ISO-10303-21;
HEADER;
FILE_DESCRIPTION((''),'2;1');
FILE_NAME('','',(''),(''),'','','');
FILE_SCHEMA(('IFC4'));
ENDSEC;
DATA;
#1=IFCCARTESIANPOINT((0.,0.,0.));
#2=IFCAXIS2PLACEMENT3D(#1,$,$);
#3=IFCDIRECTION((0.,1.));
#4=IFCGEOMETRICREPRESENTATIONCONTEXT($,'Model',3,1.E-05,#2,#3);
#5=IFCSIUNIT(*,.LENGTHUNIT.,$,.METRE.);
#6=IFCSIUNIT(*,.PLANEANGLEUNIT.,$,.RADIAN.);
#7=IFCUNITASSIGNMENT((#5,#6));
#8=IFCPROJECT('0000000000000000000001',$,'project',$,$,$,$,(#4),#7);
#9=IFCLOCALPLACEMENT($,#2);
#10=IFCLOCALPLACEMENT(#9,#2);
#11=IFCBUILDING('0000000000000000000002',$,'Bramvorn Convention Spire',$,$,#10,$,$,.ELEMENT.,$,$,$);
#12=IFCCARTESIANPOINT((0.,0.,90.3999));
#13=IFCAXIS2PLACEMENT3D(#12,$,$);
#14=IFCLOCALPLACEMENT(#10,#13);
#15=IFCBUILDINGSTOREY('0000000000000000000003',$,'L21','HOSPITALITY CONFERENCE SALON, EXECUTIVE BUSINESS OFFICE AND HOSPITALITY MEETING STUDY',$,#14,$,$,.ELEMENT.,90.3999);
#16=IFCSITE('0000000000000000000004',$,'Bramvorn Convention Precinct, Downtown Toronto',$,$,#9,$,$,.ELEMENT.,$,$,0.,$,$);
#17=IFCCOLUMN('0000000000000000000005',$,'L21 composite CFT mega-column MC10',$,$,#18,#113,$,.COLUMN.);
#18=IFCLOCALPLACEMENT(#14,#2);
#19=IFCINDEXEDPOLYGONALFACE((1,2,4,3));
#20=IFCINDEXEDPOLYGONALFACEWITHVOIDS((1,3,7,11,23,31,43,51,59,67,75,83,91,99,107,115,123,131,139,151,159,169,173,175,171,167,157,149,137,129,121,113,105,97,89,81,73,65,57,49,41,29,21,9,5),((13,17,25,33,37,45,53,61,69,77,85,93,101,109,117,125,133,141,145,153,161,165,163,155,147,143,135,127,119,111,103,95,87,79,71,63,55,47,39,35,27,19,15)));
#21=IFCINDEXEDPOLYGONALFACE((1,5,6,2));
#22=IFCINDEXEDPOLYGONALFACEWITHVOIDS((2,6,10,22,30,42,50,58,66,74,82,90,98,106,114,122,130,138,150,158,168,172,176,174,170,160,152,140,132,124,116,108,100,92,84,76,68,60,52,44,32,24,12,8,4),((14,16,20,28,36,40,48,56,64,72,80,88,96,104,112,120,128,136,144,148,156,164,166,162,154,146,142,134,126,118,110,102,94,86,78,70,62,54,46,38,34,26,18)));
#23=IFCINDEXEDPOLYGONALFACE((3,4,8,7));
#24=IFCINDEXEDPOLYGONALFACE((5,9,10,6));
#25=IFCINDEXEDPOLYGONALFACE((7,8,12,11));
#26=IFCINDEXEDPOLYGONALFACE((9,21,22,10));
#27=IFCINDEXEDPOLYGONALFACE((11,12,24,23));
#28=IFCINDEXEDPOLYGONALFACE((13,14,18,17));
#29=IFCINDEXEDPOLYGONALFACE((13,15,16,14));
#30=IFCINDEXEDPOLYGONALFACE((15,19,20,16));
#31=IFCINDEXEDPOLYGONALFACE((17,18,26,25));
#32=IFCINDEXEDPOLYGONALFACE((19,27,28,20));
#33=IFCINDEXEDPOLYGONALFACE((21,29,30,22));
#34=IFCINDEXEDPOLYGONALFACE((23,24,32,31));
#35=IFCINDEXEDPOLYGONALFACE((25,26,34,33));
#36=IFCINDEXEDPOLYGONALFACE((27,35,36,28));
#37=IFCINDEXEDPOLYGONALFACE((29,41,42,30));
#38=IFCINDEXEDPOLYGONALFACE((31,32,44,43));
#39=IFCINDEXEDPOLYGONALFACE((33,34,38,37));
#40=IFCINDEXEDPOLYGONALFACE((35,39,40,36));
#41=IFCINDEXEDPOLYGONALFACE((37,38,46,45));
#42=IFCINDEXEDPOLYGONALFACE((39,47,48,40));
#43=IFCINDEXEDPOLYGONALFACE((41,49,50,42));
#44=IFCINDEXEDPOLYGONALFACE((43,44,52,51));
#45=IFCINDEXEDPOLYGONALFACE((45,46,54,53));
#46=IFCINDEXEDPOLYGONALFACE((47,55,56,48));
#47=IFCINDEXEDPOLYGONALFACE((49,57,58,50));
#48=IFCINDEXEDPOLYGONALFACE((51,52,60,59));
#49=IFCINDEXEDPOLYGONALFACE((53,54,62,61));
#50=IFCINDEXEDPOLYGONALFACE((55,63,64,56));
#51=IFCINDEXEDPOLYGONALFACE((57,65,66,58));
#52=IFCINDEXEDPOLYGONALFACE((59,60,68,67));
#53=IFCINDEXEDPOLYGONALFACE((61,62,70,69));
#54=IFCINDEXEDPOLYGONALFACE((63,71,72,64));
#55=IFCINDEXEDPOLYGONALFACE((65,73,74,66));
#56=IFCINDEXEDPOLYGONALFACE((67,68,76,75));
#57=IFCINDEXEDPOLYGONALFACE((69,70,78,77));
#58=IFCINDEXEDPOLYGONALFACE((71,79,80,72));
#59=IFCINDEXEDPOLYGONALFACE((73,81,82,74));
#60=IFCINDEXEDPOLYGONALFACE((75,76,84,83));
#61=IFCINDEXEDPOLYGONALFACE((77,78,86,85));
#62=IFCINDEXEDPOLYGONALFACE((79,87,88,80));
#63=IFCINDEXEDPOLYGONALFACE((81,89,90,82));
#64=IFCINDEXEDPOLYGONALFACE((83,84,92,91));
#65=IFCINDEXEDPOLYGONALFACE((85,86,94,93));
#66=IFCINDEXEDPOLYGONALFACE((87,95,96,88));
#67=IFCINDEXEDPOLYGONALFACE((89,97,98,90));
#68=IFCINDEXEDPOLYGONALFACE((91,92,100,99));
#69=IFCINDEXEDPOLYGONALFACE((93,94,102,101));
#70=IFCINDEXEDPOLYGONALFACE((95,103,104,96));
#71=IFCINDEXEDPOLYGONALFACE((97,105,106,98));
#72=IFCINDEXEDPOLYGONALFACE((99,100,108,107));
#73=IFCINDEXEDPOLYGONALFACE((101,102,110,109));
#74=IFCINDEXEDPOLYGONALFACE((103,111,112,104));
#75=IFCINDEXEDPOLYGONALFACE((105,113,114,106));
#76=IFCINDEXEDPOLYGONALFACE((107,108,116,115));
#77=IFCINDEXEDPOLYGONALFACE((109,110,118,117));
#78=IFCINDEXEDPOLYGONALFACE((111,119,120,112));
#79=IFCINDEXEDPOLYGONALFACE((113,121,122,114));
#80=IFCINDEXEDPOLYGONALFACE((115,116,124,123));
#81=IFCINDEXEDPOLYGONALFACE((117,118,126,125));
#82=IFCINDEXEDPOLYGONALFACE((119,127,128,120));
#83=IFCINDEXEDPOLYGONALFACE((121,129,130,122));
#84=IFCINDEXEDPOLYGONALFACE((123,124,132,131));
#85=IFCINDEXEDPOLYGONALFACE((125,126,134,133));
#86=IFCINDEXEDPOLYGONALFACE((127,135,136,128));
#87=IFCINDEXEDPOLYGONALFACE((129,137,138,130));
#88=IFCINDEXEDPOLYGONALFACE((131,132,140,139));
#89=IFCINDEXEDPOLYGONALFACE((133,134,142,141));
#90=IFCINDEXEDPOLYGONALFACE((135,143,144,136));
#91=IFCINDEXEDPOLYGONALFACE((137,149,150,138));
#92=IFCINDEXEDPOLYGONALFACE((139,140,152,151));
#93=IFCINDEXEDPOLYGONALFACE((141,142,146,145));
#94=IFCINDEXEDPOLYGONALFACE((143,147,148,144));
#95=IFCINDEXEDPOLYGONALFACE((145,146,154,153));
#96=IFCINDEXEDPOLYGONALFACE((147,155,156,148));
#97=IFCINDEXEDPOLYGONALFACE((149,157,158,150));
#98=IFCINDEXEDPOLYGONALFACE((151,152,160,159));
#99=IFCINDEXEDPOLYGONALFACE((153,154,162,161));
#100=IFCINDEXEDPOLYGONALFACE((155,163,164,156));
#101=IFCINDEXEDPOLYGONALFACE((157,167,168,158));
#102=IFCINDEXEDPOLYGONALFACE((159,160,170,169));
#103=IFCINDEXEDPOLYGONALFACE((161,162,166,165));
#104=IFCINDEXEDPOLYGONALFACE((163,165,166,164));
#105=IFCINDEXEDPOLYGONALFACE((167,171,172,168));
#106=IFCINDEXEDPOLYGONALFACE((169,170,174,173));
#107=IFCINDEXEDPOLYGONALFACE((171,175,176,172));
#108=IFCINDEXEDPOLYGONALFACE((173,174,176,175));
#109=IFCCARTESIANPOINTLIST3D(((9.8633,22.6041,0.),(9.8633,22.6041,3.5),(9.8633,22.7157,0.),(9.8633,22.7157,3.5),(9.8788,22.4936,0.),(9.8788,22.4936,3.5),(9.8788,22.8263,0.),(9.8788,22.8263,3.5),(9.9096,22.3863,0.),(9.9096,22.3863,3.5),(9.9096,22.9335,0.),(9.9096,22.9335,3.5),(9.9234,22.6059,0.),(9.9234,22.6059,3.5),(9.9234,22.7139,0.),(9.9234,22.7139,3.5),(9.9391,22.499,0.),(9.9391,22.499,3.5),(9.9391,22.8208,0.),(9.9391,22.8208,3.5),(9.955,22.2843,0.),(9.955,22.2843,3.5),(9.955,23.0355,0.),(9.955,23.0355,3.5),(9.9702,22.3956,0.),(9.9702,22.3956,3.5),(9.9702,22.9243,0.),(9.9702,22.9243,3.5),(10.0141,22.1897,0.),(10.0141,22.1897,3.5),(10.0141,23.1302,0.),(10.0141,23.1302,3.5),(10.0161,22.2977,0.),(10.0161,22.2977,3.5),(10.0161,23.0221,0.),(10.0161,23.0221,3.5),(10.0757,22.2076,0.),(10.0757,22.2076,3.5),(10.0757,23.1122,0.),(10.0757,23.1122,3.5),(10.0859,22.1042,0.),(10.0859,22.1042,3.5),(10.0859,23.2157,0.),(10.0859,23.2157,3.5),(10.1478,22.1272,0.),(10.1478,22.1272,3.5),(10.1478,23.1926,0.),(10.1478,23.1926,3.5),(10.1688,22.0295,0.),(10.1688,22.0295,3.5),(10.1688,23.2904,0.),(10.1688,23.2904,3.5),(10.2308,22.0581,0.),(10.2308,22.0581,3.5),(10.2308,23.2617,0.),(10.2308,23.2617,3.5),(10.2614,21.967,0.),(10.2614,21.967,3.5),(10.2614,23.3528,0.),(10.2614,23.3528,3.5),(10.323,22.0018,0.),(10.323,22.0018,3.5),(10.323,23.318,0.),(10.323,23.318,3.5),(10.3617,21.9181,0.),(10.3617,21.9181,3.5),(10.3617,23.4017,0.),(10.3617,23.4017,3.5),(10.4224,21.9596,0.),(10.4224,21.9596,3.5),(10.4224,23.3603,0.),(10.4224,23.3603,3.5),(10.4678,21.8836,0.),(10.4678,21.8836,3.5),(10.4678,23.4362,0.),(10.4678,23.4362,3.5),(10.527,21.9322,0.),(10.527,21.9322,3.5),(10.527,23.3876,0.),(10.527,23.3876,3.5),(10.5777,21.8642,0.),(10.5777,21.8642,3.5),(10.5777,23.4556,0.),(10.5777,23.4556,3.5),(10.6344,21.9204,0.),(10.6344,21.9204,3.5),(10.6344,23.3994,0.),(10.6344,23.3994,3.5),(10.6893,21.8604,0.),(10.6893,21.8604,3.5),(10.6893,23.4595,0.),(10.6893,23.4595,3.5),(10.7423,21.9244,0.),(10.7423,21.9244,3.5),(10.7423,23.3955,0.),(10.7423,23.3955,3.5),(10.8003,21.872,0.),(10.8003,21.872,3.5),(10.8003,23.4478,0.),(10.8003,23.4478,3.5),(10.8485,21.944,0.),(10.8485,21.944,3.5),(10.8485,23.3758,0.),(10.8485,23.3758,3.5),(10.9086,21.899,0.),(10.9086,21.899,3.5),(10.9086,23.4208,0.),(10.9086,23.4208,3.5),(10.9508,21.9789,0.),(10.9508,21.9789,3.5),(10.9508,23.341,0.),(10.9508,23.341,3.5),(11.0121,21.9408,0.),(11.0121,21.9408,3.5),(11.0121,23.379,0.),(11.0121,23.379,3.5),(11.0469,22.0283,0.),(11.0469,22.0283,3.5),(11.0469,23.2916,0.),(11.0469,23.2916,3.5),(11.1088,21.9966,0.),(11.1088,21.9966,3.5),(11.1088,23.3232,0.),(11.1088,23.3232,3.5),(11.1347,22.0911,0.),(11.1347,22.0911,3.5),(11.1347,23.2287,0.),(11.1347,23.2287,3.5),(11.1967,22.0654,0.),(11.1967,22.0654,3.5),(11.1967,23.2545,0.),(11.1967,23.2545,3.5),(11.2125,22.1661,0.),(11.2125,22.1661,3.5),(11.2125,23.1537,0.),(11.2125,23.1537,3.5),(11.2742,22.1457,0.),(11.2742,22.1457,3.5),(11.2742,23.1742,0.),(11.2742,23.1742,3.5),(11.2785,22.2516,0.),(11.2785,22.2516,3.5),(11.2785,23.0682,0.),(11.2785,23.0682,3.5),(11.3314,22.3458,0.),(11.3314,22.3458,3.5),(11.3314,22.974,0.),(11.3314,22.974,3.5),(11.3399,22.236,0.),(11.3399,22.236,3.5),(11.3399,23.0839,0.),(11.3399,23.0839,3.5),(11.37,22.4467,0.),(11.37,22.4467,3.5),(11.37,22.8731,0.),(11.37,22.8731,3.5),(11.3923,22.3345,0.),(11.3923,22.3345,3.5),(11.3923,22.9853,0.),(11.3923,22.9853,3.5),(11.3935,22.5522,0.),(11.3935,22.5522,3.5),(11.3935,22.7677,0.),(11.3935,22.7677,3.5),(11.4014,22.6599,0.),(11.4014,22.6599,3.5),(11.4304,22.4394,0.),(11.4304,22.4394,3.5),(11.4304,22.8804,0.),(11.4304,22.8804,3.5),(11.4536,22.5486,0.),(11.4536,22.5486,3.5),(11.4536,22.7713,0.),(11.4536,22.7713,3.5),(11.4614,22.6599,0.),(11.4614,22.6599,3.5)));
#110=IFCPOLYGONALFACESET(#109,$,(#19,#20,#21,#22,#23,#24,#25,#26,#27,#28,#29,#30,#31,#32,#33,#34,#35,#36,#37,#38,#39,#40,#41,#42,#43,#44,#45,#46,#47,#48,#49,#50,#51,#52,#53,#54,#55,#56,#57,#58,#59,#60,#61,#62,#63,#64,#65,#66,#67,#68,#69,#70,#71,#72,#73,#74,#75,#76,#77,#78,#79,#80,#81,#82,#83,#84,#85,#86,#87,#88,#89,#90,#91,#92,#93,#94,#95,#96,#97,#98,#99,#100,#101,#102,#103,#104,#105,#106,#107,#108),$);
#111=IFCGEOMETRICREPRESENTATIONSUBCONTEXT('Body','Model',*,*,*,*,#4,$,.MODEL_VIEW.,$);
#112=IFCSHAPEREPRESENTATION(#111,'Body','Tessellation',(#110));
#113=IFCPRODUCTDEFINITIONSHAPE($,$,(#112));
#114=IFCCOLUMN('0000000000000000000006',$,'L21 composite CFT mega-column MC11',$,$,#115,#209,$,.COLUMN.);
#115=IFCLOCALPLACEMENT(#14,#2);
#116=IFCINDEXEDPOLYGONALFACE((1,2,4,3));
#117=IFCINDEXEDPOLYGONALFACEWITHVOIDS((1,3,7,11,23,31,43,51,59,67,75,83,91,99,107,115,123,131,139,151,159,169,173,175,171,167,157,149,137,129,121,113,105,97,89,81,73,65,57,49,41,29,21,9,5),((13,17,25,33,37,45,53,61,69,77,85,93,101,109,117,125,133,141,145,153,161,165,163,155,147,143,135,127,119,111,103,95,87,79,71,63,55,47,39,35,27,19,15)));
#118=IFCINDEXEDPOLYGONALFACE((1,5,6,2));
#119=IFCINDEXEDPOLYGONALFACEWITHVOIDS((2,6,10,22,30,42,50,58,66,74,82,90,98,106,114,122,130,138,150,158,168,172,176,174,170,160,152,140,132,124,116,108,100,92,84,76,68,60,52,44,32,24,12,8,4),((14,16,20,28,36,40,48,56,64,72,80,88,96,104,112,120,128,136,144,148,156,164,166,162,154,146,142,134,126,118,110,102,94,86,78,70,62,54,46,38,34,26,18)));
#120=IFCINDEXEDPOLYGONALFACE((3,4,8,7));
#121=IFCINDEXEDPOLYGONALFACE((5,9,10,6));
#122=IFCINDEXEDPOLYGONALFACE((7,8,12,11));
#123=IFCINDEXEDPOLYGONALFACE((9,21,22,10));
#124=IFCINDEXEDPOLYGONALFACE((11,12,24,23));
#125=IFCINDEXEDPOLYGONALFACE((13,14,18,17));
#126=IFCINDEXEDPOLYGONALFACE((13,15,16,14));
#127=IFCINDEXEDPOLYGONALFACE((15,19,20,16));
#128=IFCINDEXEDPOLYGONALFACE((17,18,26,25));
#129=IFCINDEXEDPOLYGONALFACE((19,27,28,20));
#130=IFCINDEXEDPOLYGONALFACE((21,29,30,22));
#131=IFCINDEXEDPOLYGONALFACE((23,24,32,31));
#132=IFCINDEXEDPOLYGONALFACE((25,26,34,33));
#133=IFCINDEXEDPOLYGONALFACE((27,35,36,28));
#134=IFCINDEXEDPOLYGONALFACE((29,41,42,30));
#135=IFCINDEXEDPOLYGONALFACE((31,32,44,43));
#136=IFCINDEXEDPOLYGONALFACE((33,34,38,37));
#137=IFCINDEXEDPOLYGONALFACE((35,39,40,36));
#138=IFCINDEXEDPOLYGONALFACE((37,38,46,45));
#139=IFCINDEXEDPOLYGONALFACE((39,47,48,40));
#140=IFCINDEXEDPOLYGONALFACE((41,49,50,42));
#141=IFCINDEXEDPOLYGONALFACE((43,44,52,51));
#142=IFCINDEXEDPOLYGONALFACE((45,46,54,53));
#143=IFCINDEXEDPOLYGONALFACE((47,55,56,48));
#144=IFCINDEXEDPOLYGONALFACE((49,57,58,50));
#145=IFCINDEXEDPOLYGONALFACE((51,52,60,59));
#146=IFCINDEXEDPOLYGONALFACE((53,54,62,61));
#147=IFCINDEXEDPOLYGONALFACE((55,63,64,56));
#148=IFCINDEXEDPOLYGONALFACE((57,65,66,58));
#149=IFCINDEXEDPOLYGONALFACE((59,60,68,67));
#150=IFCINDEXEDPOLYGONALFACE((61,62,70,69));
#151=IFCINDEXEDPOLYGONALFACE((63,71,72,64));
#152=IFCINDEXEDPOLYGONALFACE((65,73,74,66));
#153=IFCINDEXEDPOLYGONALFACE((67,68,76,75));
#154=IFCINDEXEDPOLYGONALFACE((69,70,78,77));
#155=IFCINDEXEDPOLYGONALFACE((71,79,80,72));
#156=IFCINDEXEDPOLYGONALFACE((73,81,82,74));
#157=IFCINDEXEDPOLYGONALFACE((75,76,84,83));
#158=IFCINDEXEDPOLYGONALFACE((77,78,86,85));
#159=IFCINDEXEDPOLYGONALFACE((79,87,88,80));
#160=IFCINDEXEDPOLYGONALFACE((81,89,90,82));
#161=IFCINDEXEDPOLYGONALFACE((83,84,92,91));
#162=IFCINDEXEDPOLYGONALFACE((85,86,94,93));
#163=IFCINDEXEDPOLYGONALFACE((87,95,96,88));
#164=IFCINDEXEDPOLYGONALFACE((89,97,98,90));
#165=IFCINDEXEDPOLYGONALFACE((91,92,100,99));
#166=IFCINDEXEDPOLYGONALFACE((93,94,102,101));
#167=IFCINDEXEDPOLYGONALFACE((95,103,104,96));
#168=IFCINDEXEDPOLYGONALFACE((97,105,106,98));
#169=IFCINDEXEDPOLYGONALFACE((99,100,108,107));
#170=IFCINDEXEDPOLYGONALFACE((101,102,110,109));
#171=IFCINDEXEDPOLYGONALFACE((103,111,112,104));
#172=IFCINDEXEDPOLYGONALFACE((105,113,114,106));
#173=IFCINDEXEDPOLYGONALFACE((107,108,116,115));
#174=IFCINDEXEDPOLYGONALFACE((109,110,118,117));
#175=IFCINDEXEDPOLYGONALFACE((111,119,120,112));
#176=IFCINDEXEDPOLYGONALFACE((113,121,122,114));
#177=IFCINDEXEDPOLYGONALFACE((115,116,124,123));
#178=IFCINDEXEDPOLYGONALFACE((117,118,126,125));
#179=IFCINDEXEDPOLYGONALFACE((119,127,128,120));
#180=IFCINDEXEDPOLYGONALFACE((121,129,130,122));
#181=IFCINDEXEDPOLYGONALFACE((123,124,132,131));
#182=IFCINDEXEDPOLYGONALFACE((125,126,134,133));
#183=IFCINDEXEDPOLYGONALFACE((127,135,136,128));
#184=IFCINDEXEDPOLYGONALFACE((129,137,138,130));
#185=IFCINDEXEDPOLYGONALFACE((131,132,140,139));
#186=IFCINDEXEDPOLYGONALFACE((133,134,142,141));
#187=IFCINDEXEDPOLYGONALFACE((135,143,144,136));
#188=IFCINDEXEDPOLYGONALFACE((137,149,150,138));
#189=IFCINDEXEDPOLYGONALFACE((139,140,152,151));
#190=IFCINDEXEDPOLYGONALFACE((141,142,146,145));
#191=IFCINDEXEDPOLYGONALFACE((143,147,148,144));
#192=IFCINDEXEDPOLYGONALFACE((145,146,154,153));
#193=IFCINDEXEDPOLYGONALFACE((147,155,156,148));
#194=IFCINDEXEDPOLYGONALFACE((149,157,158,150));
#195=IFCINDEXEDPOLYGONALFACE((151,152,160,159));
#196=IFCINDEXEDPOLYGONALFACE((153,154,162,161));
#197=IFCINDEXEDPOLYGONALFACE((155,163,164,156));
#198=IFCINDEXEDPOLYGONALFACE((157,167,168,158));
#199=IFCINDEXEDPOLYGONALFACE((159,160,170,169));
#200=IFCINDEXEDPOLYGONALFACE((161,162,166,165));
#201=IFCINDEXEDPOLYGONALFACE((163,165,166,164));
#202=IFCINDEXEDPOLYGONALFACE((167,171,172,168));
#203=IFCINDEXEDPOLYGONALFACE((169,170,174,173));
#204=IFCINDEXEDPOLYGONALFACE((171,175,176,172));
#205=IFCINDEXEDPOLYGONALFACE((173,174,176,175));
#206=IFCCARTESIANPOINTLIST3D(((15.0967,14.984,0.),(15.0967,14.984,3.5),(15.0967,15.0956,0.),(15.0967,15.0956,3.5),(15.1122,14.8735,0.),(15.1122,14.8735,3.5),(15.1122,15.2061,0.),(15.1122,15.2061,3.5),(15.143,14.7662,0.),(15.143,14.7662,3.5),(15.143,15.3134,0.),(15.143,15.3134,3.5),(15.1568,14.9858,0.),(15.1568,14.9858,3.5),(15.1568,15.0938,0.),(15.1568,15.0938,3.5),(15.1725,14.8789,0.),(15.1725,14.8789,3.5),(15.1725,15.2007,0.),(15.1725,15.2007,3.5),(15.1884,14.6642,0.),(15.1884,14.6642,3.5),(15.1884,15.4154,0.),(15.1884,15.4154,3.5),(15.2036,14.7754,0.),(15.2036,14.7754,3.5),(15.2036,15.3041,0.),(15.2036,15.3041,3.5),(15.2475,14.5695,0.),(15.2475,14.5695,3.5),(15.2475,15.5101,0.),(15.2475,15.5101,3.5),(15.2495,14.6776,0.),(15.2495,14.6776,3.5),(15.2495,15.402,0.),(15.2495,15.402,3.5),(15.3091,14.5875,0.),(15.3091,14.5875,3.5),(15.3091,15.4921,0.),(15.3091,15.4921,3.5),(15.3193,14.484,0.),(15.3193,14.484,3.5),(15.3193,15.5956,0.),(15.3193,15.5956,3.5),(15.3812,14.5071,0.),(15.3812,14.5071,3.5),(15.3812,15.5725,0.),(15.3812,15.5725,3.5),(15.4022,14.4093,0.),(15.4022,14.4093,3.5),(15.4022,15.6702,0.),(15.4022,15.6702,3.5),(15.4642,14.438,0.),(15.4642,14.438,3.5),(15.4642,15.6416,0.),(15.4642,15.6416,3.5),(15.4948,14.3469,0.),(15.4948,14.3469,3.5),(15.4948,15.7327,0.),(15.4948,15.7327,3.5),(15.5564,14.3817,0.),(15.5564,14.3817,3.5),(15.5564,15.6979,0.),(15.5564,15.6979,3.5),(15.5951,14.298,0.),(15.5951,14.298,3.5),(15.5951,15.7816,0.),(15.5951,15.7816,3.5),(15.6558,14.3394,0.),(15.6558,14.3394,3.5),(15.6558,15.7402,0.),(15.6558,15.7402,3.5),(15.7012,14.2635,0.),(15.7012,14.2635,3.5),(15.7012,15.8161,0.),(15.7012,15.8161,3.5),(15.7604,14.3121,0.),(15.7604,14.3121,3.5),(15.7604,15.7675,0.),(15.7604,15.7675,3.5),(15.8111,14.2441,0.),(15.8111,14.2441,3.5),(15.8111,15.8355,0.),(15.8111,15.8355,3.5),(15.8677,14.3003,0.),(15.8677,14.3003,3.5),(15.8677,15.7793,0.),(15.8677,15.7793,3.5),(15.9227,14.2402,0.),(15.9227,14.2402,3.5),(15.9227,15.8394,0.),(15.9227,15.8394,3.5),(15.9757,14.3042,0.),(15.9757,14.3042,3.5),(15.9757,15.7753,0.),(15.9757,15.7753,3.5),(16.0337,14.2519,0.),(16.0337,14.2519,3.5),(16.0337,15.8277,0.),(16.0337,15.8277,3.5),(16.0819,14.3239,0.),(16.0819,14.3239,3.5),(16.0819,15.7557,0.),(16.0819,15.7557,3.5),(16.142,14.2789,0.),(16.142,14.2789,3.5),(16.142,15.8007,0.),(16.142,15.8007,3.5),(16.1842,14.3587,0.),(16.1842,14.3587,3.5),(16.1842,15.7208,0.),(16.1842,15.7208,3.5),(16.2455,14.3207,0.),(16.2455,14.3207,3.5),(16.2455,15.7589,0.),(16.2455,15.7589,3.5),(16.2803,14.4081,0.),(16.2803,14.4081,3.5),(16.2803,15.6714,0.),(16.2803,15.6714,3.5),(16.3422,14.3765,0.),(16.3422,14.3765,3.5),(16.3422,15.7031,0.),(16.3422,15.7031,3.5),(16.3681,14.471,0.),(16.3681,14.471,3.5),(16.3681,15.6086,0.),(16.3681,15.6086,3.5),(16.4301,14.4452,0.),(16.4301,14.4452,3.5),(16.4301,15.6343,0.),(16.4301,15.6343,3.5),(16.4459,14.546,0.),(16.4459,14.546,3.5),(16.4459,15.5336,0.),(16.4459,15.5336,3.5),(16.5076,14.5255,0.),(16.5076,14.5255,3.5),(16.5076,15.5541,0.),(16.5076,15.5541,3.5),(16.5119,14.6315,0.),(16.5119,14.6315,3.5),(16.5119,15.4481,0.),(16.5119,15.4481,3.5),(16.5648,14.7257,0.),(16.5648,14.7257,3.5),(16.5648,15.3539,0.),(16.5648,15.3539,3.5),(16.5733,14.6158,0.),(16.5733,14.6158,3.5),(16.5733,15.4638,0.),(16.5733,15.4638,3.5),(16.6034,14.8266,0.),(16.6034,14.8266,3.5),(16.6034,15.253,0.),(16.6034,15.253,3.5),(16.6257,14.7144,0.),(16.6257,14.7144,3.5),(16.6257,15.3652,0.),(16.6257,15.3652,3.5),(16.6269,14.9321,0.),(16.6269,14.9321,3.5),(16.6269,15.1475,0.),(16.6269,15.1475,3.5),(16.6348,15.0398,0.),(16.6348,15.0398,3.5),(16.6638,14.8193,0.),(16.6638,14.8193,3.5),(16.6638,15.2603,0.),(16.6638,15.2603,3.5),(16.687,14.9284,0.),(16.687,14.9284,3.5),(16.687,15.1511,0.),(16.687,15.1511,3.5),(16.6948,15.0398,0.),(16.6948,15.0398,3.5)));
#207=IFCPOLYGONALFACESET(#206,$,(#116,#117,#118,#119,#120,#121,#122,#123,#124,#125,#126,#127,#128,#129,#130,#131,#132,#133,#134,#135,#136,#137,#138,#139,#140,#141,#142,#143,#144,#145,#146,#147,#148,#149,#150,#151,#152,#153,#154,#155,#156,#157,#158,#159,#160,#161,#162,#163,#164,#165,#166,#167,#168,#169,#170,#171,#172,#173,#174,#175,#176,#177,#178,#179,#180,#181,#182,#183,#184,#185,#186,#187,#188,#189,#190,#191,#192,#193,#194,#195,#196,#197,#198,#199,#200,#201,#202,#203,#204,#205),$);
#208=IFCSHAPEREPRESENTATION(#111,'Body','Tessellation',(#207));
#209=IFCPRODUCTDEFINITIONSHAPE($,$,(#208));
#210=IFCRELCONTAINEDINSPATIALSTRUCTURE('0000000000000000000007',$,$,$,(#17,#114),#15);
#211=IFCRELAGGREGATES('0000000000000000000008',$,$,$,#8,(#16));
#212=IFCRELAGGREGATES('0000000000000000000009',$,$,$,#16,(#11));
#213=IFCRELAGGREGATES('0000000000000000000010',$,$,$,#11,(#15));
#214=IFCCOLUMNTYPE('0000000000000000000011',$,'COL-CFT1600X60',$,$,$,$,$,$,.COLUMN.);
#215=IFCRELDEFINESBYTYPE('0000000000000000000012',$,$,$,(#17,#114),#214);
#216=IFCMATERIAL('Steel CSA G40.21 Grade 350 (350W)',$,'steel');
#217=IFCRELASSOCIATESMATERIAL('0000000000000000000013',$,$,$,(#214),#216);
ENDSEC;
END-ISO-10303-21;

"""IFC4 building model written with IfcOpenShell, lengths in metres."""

from ifc_helpers import new_model, si_unit, direction, frame, origin, origin_2d, place, context, subcontext, project, spatial, hollow_circle, extrude, material, material_profile, profile_set, type_object, element, save


model = new_model("IFC4")

# Units and contexts
model_context = context("Model", 3, precision=1e-05, world=origin(), true_north=direction((0.0, 1.0)))
body_context = subcontext(model_context, "Body", "Model", "MODEL_VIEW")
ifc_project = project(units=[si_unit("LENGTHUNIT", "METRE"), si_unit("PLANEANGLEUNIT", "RADIAN")], contexts=[model_context])

# Site, building, storey
site_placement = place(None, origin())
site = spatial("IfcSite", under=ifc_project, at=site_placement, Name="Bramvorn Convention Precinct, Downtown Toronto", CompositionType="ELEMENT", RefElevation=0.0)
building_placement = place(site_placement, origin())
building = spatial("IfcBuilding", under=site, at=building_placement, Name="Bramvorn Convention Spire", CompositionType="ELEMENT")
storey_placement = place(building_placement, frame((0.0, 0.0, 90.3999)))
storey = spatial("IfcBuildingStorey", under=building, at=storey_placement, Name="L21", Description="HOSPITALITY CONFERENCE SALON, EXECUTIVE BUSINESS OFFICE AND HOSPITALITY MEETING STUDY", CompositionType="ELEMENT", Elevation=90.3999)

# Columns
ifc_material_1 = material(Name="Steel CSA G40.21 Grade 350 (350W)", Category="steel")
ifc_material_profile_1 = material_profile(ifc_material_1, hollow_circle(Radius=0.8, WallThickness=0.0601, at=origin_2d()))
ifc_profile_set_1 = profile_set([ifc_material_profile_1], Name="Steel CSA G40.21 Grade 350 (350W) - CFT1600X60")
column_type = type_object("IfcColumnType", Name="COL-CFT1600X60", PredefinedType="COLUMN", material=ifc_profile_set_1)
for number, where, z_axis, x_axis, name in (
    (1, (10.6614, 22.6599, 0.0), (0.0, 0.0, 1.0), (1.0, 0.0, 0.0), "L21 composite CFT mega-column MC10"),
    (2, (15.8948, 15.0398, 0.0), (0.0, 0.0, 1.0), (1.0, 0.0, 0.0), "L21 composite CFT mega-column MC11"),
):
    element("IfcColumn", number, at=place(storey_placement, frame(where, z_axis=z_axis, x_axis=x_axis)), inside=storey, type_object=column_type, Name=name, PredefinedType="COLUMN", context=body_context, shape_type="SweptSolid", body=[
        extrude(hollow_circle(Radius=0.8, WallThickness=0.0601, at=origin_2d()), origin(), (0.0, 0.0, 1.0), 3.5),
    ])

save(model, "model.ifc")
